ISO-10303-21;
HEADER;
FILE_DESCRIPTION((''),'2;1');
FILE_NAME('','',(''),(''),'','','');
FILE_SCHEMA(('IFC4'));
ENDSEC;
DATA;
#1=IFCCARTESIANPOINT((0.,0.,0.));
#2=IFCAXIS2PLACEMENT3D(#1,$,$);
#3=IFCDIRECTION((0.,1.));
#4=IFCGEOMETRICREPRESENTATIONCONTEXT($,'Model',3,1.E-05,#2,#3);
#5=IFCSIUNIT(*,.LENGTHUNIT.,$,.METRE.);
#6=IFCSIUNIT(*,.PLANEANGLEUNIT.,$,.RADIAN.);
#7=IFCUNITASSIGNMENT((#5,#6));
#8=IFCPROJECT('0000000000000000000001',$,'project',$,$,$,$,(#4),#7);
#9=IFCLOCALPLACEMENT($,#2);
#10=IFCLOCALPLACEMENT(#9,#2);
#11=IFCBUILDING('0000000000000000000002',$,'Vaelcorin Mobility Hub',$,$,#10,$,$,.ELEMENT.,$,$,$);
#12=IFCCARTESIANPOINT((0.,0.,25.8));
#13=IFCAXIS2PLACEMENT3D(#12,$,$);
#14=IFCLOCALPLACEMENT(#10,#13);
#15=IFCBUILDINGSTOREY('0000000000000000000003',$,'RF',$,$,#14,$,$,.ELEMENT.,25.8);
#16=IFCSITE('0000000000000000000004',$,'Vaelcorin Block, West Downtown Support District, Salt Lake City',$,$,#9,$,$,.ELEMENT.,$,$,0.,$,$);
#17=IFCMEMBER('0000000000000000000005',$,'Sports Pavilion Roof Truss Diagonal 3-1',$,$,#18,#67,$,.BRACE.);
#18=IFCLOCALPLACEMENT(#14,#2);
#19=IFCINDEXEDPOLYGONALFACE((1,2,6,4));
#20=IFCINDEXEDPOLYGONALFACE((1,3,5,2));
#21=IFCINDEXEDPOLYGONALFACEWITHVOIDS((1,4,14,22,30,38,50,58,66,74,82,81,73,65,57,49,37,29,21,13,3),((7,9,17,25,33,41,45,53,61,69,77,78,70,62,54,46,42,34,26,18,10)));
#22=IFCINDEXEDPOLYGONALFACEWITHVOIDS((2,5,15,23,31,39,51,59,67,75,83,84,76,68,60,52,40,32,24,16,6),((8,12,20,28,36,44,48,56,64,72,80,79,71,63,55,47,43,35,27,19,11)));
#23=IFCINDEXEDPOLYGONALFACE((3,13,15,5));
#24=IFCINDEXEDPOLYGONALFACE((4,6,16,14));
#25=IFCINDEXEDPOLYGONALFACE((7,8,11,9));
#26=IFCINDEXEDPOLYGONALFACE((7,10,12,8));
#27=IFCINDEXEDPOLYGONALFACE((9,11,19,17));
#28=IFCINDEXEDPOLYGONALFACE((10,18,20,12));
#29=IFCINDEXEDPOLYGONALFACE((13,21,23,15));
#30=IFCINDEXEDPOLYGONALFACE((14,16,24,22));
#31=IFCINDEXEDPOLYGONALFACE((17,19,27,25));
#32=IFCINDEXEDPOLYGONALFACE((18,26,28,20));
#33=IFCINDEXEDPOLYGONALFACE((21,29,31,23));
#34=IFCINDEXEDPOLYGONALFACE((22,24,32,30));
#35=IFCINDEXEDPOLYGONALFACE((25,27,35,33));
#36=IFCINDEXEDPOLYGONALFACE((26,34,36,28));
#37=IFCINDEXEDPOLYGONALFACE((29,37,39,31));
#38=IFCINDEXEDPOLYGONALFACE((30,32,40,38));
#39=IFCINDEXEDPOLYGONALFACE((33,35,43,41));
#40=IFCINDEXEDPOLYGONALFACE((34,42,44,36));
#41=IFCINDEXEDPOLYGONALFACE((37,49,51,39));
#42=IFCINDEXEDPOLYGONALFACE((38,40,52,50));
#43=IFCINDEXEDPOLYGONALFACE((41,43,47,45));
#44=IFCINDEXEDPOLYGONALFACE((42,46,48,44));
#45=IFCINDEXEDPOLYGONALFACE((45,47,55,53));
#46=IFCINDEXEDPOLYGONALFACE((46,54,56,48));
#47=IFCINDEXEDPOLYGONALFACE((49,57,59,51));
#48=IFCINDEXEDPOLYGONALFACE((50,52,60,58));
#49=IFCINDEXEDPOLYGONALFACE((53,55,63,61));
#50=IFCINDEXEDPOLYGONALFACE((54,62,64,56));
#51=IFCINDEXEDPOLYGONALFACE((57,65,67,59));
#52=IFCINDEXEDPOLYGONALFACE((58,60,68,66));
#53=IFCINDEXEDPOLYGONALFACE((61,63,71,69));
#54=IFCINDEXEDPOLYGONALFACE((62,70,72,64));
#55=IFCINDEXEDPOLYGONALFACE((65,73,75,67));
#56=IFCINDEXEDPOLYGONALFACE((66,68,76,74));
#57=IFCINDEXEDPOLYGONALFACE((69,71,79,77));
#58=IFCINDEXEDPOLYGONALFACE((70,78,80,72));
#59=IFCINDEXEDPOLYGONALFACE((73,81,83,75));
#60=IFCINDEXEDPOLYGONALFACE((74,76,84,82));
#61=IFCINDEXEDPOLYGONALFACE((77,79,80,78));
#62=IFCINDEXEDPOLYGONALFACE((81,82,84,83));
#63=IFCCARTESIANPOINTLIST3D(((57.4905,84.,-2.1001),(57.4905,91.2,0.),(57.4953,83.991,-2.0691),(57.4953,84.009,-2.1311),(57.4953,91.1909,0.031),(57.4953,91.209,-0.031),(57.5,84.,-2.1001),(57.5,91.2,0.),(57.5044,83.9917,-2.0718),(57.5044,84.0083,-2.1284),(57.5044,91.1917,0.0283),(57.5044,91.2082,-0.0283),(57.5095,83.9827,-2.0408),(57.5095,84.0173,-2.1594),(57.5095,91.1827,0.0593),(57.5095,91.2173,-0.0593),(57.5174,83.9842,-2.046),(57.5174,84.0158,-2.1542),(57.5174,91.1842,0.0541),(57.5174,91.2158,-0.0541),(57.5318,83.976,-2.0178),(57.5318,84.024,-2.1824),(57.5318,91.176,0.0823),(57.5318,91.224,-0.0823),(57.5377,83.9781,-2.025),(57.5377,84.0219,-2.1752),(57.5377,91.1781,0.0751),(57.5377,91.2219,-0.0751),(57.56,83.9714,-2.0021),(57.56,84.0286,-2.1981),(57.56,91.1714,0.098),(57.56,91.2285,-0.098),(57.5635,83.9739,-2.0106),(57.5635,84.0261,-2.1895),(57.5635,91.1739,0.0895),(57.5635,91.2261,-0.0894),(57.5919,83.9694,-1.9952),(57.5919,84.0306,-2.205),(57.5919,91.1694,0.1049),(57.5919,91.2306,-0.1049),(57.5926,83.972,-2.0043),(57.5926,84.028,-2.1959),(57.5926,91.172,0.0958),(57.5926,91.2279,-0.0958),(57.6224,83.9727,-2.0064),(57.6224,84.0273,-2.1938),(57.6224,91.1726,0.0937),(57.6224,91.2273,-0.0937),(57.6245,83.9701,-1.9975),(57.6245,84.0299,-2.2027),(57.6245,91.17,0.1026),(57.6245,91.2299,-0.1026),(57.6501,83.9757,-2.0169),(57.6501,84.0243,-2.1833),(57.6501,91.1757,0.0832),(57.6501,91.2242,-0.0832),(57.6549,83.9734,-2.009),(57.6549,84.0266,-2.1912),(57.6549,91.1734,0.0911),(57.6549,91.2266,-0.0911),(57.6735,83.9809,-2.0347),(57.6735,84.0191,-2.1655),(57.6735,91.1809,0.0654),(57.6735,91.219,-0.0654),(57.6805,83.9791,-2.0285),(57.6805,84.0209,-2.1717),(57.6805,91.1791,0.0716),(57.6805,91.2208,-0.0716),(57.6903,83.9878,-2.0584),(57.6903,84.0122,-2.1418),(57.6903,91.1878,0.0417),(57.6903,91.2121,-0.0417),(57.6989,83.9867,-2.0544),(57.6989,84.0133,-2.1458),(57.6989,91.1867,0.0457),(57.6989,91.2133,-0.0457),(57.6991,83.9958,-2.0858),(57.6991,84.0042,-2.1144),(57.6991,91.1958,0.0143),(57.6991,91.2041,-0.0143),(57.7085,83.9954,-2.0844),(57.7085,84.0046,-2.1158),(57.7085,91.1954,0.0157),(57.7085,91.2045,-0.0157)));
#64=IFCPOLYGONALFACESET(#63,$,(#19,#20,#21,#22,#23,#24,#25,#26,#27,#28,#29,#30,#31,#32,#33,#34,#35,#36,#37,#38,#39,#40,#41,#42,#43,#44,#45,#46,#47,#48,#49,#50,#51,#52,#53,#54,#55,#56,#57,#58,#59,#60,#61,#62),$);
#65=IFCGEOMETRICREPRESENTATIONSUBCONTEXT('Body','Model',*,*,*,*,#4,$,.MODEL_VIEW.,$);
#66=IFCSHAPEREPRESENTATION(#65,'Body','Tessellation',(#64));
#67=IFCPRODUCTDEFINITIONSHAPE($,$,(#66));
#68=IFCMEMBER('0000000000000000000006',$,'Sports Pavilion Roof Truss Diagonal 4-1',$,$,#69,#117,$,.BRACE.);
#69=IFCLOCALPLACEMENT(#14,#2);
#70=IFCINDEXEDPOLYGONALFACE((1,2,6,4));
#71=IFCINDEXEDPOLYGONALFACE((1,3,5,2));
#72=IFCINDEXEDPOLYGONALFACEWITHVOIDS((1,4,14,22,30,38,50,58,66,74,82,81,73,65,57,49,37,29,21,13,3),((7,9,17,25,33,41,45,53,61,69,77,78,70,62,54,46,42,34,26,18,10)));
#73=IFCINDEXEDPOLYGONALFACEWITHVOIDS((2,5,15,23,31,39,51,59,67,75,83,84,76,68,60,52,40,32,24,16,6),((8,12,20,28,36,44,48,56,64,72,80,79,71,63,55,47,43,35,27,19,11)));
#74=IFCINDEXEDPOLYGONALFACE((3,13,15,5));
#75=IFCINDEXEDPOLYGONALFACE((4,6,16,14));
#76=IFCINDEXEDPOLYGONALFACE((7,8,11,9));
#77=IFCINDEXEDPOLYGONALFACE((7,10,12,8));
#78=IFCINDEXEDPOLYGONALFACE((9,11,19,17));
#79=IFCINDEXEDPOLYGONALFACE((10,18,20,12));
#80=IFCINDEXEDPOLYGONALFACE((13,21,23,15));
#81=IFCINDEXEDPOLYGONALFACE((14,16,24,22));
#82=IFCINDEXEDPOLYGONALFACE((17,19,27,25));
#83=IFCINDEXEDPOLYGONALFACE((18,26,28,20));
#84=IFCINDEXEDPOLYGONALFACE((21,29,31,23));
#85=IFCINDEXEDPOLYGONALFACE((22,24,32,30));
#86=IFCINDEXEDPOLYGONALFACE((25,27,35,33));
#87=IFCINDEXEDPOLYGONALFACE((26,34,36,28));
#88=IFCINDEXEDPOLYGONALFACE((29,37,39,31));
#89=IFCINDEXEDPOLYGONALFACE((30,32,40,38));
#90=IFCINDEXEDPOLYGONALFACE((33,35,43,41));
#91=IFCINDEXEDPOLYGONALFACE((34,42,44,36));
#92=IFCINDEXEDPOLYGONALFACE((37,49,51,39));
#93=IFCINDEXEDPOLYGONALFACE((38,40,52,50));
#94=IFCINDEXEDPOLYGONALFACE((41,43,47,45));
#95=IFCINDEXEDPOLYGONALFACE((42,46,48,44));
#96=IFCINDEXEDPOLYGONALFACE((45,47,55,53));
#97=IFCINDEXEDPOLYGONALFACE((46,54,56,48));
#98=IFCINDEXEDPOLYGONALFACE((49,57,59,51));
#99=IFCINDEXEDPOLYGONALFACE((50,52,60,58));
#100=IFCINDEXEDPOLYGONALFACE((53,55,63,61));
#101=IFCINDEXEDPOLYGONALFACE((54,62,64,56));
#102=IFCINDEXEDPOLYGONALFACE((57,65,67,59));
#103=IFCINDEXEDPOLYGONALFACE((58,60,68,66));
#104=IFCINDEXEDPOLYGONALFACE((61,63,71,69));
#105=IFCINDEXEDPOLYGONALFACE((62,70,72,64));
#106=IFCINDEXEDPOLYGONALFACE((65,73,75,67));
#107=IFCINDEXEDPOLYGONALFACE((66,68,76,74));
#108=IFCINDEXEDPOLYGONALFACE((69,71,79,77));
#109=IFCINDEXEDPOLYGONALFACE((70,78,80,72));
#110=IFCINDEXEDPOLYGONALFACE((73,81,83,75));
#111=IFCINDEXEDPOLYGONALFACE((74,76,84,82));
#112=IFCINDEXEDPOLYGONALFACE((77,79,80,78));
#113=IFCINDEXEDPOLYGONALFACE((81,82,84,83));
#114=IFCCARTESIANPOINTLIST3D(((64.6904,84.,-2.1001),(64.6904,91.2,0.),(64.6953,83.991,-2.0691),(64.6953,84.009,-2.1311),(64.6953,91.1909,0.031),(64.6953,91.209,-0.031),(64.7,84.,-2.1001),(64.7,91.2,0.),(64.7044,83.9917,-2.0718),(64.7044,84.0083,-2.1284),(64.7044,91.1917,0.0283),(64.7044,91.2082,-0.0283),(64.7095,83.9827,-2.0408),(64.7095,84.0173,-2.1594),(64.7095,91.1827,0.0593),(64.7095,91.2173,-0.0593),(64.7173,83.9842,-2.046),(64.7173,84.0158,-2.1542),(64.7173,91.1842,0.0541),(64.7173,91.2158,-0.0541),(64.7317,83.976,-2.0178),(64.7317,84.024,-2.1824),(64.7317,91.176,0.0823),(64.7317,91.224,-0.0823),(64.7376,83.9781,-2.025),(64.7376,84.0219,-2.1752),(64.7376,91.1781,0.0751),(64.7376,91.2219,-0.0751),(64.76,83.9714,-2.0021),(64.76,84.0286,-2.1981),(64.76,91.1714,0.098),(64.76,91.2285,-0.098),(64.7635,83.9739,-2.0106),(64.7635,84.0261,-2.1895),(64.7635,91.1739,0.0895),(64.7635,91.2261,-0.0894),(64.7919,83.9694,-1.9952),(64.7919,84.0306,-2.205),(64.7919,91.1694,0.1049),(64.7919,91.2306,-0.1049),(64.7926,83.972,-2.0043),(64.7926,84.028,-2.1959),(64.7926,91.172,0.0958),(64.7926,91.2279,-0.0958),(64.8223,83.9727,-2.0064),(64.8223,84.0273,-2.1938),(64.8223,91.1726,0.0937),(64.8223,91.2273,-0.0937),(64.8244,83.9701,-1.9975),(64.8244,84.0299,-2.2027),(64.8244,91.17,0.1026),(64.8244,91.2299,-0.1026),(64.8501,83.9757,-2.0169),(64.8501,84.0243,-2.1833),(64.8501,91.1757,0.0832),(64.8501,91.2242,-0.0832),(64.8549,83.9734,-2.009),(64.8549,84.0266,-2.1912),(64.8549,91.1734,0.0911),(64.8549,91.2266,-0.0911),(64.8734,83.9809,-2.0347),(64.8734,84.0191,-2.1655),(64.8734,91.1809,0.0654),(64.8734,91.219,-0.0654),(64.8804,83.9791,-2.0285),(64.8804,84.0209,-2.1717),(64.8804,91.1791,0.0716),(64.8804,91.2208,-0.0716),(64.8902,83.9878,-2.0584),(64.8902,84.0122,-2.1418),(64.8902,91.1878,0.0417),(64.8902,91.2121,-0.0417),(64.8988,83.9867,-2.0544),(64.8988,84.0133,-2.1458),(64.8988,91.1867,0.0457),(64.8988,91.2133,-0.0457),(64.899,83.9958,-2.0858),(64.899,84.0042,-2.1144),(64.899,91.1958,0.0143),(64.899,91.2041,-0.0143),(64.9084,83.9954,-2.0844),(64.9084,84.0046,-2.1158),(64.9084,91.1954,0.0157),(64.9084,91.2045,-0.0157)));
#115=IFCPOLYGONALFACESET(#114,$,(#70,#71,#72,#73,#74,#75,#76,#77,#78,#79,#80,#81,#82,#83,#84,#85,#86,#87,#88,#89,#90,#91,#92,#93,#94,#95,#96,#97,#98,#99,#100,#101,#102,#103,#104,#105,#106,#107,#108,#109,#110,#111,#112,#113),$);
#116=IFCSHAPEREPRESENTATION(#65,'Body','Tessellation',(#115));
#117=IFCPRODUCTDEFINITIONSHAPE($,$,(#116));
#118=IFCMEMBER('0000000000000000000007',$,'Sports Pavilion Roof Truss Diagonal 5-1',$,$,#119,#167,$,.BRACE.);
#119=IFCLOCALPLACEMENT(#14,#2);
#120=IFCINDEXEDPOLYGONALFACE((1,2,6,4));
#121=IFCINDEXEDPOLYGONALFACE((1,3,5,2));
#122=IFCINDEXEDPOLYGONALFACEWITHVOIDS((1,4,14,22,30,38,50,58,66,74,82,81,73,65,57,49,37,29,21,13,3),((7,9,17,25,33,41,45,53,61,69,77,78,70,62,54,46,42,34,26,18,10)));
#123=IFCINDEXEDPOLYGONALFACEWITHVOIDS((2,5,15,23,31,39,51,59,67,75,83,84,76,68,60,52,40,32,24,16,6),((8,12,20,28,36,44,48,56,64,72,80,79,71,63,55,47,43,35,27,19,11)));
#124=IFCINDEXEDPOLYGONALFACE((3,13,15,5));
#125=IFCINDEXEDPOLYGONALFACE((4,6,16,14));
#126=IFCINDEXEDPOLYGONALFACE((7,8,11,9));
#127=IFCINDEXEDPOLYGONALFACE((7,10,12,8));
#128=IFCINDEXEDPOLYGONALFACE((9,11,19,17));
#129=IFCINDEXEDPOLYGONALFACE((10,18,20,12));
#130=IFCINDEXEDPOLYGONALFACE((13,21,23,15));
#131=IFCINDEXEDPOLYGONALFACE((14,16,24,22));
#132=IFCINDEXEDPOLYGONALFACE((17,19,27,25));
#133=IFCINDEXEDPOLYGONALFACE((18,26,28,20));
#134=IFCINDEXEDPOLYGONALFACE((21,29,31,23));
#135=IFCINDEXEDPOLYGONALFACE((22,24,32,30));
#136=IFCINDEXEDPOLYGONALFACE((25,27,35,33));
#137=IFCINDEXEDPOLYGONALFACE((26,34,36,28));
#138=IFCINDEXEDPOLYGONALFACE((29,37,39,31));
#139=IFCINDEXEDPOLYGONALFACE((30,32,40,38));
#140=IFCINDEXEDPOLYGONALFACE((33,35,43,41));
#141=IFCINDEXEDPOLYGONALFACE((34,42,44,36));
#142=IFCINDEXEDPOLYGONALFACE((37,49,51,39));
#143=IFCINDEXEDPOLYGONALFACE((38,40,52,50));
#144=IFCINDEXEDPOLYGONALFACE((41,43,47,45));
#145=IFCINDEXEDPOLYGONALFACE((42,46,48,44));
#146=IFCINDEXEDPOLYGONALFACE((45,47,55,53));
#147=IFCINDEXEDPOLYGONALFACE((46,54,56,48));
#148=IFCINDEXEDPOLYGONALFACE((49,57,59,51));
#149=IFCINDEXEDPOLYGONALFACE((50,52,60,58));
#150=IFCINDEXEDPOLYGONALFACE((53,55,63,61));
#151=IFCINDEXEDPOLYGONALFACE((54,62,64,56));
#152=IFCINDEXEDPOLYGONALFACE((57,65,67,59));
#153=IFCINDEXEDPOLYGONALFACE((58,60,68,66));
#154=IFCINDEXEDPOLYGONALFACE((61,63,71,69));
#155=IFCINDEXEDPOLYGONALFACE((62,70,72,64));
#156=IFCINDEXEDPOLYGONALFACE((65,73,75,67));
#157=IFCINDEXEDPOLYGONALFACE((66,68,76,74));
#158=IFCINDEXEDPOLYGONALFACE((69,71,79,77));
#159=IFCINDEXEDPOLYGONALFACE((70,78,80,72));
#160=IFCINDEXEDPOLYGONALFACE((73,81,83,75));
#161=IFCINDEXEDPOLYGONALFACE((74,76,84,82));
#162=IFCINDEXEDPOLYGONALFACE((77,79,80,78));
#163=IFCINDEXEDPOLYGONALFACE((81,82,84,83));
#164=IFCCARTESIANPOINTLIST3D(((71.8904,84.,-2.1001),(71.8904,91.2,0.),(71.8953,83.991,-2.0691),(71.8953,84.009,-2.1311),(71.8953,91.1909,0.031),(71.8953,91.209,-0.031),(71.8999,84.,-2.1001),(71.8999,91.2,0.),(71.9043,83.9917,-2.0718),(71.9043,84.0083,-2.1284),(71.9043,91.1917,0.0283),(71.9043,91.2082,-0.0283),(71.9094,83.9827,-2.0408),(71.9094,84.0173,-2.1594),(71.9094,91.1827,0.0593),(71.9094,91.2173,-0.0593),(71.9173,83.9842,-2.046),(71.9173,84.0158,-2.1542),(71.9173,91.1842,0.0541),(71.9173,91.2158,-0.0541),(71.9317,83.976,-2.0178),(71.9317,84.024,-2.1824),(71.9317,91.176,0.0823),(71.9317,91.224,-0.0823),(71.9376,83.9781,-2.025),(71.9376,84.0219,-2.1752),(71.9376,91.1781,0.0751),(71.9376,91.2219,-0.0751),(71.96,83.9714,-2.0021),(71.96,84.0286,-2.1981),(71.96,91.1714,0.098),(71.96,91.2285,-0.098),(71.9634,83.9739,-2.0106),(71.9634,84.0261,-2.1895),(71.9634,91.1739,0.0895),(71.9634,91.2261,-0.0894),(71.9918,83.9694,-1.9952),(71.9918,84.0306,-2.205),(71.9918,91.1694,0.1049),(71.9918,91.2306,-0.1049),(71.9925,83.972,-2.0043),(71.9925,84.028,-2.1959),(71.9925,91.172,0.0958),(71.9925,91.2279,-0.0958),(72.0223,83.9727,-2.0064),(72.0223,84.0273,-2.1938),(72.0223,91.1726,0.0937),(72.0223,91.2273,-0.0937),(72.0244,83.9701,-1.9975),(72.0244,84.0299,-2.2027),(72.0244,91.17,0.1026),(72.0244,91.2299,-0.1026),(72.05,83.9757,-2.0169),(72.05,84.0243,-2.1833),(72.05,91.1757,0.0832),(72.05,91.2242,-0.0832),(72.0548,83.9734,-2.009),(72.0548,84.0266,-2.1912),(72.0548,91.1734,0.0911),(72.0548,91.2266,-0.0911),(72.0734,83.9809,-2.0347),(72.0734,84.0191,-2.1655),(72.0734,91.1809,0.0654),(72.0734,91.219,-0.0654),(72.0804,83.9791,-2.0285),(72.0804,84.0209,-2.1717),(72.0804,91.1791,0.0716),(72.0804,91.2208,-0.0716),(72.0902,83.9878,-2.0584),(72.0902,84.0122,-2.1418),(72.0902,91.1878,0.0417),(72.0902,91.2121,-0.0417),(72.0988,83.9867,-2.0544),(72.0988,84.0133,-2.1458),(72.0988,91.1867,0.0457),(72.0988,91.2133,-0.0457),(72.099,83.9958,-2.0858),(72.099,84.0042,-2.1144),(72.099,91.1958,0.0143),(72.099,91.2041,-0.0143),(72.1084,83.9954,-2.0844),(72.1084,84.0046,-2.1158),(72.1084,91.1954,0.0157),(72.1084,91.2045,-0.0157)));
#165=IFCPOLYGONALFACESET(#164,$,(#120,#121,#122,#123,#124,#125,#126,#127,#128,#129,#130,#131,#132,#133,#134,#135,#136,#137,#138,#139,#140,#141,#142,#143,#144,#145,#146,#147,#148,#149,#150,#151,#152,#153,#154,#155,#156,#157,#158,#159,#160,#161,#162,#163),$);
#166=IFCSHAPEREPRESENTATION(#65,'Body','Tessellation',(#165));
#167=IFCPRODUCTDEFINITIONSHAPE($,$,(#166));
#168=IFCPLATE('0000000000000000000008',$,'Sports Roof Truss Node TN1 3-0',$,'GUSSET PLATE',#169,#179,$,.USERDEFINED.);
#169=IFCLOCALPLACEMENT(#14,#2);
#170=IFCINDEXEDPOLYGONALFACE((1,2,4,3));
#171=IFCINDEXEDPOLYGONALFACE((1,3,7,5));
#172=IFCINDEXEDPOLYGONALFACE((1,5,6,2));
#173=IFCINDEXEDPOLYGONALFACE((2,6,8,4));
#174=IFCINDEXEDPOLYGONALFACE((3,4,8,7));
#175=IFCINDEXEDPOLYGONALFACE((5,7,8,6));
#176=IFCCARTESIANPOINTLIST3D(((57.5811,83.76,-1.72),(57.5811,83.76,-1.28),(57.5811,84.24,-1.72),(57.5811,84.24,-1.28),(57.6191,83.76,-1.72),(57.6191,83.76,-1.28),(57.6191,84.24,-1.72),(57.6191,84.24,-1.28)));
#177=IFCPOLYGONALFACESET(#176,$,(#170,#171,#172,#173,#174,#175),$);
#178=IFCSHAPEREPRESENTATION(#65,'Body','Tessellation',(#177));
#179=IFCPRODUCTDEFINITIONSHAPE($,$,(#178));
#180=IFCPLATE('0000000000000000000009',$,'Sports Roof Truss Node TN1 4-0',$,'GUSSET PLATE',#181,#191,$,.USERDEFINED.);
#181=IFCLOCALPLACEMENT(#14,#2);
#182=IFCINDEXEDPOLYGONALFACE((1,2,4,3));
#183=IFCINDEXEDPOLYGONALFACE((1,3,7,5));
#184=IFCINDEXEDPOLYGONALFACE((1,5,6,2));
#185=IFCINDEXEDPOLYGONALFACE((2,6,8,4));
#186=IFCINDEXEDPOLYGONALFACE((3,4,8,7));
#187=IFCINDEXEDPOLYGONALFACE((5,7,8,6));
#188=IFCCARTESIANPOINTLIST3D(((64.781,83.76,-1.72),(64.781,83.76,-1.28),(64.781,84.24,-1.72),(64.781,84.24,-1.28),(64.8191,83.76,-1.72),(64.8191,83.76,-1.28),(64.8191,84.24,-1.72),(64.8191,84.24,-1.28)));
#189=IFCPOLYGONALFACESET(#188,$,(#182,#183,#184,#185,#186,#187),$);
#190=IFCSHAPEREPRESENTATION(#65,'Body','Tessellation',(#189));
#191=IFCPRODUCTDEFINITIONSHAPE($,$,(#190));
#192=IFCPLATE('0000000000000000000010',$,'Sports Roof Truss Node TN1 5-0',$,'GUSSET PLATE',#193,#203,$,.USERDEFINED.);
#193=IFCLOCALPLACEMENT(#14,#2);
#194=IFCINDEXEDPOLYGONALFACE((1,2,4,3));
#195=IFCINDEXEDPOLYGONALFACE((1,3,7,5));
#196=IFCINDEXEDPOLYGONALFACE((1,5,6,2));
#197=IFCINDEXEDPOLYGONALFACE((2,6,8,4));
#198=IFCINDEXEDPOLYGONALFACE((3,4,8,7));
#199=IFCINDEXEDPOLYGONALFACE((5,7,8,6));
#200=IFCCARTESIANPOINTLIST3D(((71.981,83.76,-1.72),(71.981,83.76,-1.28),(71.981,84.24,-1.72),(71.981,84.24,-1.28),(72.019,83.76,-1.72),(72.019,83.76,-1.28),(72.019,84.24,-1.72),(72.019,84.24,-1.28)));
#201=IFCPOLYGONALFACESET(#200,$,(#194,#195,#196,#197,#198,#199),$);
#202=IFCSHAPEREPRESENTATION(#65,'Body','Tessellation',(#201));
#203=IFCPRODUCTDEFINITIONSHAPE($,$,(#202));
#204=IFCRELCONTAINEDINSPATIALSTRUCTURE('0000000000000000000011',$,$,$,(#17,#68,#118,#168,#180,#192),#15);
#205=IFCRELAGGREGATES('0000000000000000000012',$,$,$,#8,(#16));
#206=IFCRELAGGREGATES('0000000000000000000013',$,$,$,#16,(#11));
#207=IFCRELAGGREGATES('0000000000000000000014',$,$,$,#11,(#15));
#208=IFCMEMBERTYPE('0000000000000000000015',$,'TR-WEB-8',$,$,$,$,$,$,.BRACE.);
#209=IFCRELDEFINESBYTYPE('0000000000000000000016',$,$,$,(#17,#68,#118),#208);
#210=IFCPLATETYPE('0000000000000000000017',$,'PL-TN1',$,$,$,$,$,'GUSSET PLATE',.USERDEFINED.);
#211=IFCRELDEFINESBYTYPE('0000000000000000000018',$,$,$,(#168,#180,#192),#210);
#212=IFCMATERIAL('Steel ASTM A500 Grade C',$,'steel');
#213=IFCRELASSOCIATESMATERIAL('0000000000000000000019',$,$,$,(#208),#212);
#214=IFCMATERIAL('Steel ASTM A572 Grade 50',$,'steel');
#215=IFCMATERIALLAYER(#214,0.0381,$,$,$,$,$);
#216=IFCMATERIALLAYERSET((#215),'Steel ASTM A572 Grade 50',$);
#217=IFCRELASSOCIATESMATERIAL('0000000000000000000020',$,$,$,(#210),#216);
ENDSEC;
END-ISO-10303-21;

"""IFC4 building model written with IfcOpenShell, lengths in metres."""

from ifc_helpers import new_model, si_unit, direction, frame, origin, origin_2d, place, context, subcontext, project, spatial, rectangle, hollow_circle, extrude, material, layer, layer_set, material_profile, profile_set, type_object, element, save


model = new_model("IFC4")

# Units and contexts
model_context = context("Model", 3, precision=1e-05, world=origin(), true_north=direction((0.0, 1.0)))
body_context = subcontext(model_context, "Body", "Model", "MODEL_VIEW")
ifc_project = project(units=[si_unit("LENGTHUNIT", "METRE"), si_unit("PLANEANGLEUNIT", "RADIAN")], contexts=[model_context])

# Site, building, storey
site_placement = place(None, origin())
site = spatial("IfcSite", under=ifc_project, at=site_placement, Name="Vaelcorin Block, West Downtown Support District, Salt Lake City", CompositionType="ELEMENT", RefElevation=0.0)
building_placement = place(site_placement, origin())
building = spatial("IfcBuilding", under=site, at=building_placement, Name="Vaelcorin Mobility Hub", CompositionType="ELEMENT")
storey_placement = place(building_placement, frame((0.0, 0.0, 25.8)))
storey = spatial("IfcBuildingStorey", under=building, at=storey_placement, Name="RF", CompositionType="ELEMENT", Elevation=25.8)

# Shared definitions
ifc_material_1 = material(Name="Steel ASTM A500 Grade C", Category="steel")

# Members
ifc_material_profile_1 = material_profile(ifc_material_1, hollow_circle(Radius=0.1096, WallThickness=0.0095, at=origin_2d()), Name="HSS8.625X0.375")
ifc_profile_set_1 = profile_set([ifc_material_profile_1], Name="Steel ASTM A500 Grade C")
member_type_1 = type_object("IfcMemberType", Name="TR-WEB-8", PredefinedType="BRACE", material=ifc_profile_set_1)
for number, where, z_axis, x_axis, name in (
    (1, (57.6001, 84.0, -2.1001), (0.0, 0.959996, 0.280014), (-1.0, 0.0, 0.0), "Sports Pavilion Roof Truss Diagonal 3-1"),
    (2, (64.8, 84.0, -2.1001), (0.0, 0.959996, 0.280014), (-1.0, 0.0, 0.0), "Sports Pavilion Roof Truss Diagonal 4-1"),
    (3, (72.0, 84.0, -2.1001), (0.0, 0.959996, 0.280014), (-1.0, 0.0, 0.0), "Sports Pavilion Roof Truss Diagonal 5-1"),
):
    element("IfcMember", number, at=place(storey_placement, frame(where, z_axis=z_axis, x_axis=x_axis)), inside=storey, type_object=member_type_1, Name=name, PredefinedType="BRACE", context=body_context, shape_type="SweptSolid", body=[
        extrude(hollow_circle(Radius=0.1096, WallThickness=0.0095, at=origin_2d()), origin(), (0.0, 0.0, 1.0), 7.5),
    ])

# Plates
ifc_material_2 = material(Name="Steel ASTM A572 Grade 50", Category="steel")
ifc_layer_1 = layer(ifc_material_2, 0.0381)
ifc_layer_set_1 = layer_set([ifc_layer_1], Name="Steel ASTM A572 Grade 50")
plate_type_1 = type_object("IfcPlateType", Name="PL-TN1", ElementType="GUSSET PLATE", PredefinedType="USERDEFINED", material=ifc_layer_set_1)
for number, where, z_axis, x_axis, name in (
    (4, (57.6001, 84.0, -1.72), (0.0, 0.0, 1.0), (1.0, 0.0, 0.0), "Sports Roof Truss Node TN1 3-0"),
    (5, (64.8, 84.0, -1.72), (0.0, 0.0, 1.0), (1.0, 0.0, 0.0), "Sports Roof Truss Node TN1 4-0"),
    (6, (72.0, 84.0, -1.72), (0.0, 0.0, 1.0), (1.0, 0.0, 0.0), "Sports Roof Truss Node TN1 5-0"),
):
    element("IfcPlate", number, at=place(storey_placement, frame(where, z_axis=z_axis, x_axis=x_axis)), inside=storey, type_object=plate_type_1, Name=name, ObjectType="GUSSET PLATE", PredefinedType="USERDEFINED", context=body_context, shape_type="SweptSolid", body=[
        extrude(rectangle(XDim=0.0381, YDim=0.48, at=origin_2d()), origin(), (0.0, 0.0, 1.0), 0.4399),
    ])

save(model, "model.ifc")
